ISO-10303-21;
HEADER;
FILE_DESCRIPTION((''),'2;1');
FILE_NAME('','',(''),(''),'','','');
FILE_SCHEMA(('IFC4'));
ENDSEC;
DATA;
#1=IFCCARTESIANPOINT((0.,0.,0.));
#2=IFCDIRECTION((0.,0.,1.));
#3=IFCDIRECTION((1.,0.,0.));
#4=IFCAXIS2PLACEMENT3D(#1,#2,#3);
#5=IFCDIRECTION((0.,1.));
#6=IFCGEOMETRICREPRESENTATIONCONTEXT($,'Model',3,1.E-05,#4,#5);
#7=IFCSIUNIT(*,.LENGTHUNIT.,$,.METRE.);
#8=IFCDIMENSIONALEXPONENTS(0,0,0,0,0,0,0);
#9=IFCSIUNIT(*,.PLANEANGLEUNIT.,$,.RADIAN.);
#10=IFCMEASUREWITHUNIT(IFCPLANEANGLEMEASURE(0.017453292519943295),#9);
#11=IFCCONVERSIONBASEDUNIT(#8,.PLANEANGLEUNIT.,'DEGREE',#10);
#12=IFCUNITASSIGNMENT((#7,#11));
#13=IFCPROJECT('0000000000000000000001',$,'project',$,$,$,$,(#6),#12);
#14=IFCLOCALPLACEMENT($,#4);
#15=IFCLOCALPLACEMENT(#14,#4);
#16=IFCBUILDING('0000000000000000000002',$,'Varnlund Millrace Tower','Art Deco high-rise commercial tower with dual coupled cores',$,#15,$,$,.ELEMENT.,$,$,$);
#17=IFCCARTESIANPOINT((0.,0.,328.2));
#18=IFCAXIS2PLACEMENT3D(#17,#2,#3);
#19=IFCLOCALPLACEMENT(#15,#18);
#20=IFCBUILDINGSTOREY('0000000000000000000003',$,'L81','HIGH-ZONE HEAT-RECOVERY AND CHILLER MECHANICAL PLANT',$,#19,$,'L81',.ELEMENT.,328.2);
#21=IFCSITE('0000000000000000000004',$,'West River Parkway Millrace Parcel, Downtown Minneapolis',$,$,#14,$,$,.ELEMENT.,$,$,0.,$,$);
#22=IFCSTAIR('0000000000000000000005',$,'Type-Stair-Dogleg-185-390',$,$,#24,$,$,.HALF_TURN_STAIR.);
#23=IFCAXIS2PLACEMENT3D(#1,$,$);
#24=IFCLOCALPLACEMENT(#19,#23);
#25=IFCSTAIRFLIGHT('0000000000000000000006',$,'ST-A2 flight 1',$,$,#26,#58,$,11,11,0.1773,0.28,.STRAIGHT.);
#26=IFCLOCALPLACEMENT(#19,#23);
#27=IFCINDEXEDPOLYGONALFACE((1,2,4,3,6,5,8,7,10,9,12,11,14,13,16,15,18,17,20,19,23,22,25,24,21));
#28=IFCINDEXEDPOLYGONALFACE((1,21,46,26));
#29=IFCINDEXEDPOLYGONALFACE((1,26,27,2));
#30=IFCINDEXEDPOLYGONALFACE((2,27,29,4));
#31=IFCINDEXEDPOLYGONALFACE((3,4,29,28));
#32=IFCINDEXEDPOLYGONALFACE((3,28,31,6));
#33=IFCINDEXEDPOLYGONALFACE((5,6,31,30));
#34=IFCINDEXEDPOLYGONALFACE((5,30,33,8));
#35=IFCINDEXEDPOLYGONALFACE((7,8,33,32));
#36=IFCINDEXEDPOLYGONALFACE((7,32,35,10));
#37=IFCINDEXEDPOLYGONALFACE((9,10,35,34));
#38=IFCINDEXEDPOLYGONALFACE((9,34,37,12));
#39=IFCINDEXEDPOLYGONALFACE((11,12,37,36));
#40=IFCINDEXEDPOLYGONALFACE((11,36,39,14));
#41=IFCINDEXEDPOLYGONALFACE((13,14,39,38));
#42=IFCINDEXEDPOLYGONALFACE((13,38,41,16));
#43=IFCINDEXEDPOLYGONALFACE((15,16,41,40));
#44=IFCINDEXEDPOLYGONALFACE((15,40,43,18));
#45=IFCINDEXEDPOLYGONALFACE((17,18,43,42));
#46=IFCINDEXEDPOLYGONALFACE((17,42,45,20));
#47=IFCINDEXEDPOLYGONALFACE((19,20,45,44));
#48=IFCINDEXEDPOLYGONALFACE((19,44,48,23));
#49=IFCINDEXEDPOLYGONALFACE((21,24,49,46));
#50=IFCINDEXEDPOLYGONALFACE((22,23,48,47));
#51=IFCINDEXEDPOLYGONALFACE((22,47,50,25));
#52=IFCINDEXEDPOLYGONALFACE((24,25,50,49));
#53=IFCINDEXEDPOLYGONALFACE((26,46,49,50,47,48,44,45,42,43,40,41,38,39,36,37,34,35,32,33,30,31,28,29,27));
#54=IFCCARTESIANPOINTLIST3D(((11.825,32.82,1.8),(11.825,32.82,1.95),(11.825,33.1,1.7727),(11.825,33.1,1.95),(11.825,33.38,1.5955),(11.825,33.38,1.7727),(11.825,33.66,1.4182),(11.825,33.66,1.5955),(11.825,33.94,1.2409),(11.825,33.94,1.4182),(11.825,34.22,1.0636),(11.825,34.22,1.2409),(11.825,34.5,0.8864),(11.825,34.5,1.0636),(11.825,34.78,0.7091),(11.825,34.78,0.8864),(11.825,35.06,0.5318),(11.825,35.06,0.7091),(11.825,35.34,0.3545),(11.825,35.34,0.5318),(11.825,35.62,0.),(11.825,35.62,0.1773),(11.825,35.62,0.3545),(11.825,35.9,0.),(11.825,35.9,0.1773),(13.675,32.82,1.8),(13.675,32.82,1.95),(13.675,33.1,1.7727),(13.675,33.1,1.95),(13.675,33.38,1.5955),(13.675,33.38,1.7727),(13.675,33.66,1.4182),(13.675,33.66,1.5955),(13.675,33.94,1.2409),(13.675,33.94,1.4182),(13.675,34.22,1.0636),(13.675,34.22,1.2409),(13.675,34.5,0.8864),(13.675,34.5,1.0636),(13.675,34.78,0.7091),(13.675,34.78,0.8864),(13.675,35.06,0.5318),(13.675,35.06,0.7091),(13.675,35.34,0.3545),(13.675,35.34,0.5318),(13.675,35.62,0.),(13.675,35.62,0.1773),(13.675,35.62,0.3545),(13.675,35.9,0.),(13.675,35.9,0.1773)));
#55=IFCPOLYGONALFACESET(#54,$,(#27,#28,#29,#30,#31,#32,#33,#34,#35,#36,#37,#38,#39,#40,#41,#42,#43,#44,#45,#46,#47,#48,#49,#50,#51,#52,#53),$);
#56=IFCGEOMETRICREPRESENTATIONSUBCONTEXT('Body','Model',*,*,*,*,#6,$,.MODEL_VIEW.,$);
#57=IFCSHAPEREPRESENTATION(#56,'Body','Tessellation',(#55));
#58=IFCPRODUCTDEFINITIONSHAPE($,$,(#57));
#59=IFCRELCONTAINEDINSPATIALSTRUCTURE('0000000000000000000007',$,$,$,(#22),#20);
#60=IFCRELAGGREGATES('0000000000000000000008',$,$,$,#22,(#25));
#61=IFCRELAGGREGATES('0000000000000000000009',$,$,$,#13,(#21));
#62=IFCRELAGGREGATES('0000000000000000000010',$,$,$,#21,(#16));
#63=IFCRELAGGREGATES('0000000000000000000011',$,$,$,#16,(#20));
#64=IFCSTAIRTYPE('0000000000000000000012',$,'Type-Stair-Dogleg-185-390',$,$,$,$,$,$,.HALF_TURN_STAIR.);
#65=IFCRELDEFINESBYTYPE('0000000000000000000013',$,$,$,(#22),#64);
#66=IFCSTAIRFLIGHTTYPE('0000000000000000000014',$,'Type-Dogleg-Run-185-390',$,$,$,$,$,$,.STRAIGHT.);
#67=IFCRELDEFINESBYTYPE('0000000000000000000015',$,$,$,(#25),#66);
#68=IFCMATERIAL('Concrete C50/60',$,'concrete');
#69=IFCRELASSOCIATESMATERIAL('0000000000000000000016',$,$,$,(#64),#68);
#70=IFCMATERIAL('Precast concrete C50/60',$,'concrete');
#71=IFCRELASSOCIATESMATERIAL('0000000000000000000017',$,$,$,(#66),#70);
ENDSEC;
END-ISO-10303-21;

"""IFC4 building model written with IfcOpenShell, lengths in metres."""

from ifc_helpers import new_model, entity, si_unit, converted_unit, direction, frame, origin_with_axes, place, context, subcontext, project, spatial, polyline, outline, extrude, material, type_object, element, aggregate, save


model = new_model("IFC4")

# Units and contexts
model_context = context("Model", 3, precision=1e-05, world=origin_with_axes(), true_north=direction((0.0, 1.0)))
body_context = subcontext(model_context, "Body", "Model", "MODEL_VIEW")
ifc_project = project(units=[si_unit("LENGTHUNIT", "METRE"), converted_unit("PLANEANGLEUNIT", "DEGREE", entity("IfcPlaneAngleMeasure", 0.017453292519943295), si_unit("PLANEANGLEUNIT", "RADIAN"), dimensions=[0, 0, 0, 0, 0, 0, 0])], contexts=[model_context])

# Site, building, storey
site_placement = place(None, origin_with_axes())
site = spatial("IfcSite", under=ifc_project, at=site_placement, Name="West River Parkway Millrace Parcel, Downtown Minneapolis", CompositionType="ELEMENT", RefElevation=0.0)
building_placement = place(site_placement, origin_with_axes())
building = spatial("IfcBuilding", under=site, at=building_placement, Name="Varnlund Millrace Tower", Description="Art Deco high-rise commercial tower with dual coupled cores", CompositionType="ELEMENT")
storey_placement = place(building_placement, frame((0.0, 0.0, 328.2), z_axis=(0.0, 0.0, 1.0), x_axis=(1.0, 0.0, 0.0)))
storey = spatial("IfcBuildingStorey", under=building, at=storey_placement, Name="L81", Description="HIGH-ZONE HEAT-RECOVERY AND CHILLER MECHANICAL PLANT", LongName="L81", CompositionType="ELEMENT", Elevation=328.2)

# Shared definitions
ifc_material_1 = material(Name="Precast concrete C50/60", Category="concrete")

# Stair, stair flight
ifc_material_2 = material(Name="Concrete C50/60", Category="concrete")
stair_type = type_object("IfcStairType", Name="Type-Stair-Dogleg-185-390", PredefinedType="HALF_TURN_STAIR", material=ifc_material_2)
stair_placement = place(storey_placement, origin_with_axes())
stair = element("IfcStair", 1, at=stair_placement, inside=storey, type_object=stair_type, Name="Type-Stair-Dogleg-185-390", PredefinedType="HALF_TURN_STAIR")
stair_flight_type = type_object("IfcStairFlightType", Name="Type-Dogleg-Run-185-390", PredefinedType="STRAIGHT", material=ifc_material_1)
stair_flight_placement = place(storey_placement, frame((13.675, 35.9, 0.0), z_axis=(-1.0, 0.0, 0.0), x_axis=(0.0, -1.0, 0.0)))
stair_flight = element("IfcStairFlight", 2, at=stair_flight_placement, type_object=stair_flight_type, Name="ST-A2 flight 1", NumberOfRisers=11, NumberOfTreads=11, PredefinedType="STRAIGHT", RiserHeight=0.1773, TreadLength=0.28, context=body_context, shape_type="SweptSolid", body=[
    extrude(outline(polyline([(0.0, 0.0), (0.0, 0.1773), (0.28, 0.1773), (0.28, 0.3545), (0.56, 0.3545), (0.56, 0.5318), (0.84, 0.5318), (0.84, 0.7091), (1.12, 0.7091), (1.12, 0.8864), (1.4, 0.8864), (1.4, 1.0636), (1.68, 1.0636), (1.68, 1.2409), (1.96, 1.2409), (1.96, 1.4182), (2.24, 1.4182), (2.24, 1.5955), (2.52, 1.5955), (2.52, 1.7727), (2.8, 1.7727), (2.8, 1.95), (3.08, 1.95), (3.08, 1.8), (0.28, 0.0), (0.0, 0.0)])), origin_with_axes(), (0.0, 0.0, 1.0), 1.85),
])
aggregate(stair, [stair_flight])

save(model, "model.ifc")
